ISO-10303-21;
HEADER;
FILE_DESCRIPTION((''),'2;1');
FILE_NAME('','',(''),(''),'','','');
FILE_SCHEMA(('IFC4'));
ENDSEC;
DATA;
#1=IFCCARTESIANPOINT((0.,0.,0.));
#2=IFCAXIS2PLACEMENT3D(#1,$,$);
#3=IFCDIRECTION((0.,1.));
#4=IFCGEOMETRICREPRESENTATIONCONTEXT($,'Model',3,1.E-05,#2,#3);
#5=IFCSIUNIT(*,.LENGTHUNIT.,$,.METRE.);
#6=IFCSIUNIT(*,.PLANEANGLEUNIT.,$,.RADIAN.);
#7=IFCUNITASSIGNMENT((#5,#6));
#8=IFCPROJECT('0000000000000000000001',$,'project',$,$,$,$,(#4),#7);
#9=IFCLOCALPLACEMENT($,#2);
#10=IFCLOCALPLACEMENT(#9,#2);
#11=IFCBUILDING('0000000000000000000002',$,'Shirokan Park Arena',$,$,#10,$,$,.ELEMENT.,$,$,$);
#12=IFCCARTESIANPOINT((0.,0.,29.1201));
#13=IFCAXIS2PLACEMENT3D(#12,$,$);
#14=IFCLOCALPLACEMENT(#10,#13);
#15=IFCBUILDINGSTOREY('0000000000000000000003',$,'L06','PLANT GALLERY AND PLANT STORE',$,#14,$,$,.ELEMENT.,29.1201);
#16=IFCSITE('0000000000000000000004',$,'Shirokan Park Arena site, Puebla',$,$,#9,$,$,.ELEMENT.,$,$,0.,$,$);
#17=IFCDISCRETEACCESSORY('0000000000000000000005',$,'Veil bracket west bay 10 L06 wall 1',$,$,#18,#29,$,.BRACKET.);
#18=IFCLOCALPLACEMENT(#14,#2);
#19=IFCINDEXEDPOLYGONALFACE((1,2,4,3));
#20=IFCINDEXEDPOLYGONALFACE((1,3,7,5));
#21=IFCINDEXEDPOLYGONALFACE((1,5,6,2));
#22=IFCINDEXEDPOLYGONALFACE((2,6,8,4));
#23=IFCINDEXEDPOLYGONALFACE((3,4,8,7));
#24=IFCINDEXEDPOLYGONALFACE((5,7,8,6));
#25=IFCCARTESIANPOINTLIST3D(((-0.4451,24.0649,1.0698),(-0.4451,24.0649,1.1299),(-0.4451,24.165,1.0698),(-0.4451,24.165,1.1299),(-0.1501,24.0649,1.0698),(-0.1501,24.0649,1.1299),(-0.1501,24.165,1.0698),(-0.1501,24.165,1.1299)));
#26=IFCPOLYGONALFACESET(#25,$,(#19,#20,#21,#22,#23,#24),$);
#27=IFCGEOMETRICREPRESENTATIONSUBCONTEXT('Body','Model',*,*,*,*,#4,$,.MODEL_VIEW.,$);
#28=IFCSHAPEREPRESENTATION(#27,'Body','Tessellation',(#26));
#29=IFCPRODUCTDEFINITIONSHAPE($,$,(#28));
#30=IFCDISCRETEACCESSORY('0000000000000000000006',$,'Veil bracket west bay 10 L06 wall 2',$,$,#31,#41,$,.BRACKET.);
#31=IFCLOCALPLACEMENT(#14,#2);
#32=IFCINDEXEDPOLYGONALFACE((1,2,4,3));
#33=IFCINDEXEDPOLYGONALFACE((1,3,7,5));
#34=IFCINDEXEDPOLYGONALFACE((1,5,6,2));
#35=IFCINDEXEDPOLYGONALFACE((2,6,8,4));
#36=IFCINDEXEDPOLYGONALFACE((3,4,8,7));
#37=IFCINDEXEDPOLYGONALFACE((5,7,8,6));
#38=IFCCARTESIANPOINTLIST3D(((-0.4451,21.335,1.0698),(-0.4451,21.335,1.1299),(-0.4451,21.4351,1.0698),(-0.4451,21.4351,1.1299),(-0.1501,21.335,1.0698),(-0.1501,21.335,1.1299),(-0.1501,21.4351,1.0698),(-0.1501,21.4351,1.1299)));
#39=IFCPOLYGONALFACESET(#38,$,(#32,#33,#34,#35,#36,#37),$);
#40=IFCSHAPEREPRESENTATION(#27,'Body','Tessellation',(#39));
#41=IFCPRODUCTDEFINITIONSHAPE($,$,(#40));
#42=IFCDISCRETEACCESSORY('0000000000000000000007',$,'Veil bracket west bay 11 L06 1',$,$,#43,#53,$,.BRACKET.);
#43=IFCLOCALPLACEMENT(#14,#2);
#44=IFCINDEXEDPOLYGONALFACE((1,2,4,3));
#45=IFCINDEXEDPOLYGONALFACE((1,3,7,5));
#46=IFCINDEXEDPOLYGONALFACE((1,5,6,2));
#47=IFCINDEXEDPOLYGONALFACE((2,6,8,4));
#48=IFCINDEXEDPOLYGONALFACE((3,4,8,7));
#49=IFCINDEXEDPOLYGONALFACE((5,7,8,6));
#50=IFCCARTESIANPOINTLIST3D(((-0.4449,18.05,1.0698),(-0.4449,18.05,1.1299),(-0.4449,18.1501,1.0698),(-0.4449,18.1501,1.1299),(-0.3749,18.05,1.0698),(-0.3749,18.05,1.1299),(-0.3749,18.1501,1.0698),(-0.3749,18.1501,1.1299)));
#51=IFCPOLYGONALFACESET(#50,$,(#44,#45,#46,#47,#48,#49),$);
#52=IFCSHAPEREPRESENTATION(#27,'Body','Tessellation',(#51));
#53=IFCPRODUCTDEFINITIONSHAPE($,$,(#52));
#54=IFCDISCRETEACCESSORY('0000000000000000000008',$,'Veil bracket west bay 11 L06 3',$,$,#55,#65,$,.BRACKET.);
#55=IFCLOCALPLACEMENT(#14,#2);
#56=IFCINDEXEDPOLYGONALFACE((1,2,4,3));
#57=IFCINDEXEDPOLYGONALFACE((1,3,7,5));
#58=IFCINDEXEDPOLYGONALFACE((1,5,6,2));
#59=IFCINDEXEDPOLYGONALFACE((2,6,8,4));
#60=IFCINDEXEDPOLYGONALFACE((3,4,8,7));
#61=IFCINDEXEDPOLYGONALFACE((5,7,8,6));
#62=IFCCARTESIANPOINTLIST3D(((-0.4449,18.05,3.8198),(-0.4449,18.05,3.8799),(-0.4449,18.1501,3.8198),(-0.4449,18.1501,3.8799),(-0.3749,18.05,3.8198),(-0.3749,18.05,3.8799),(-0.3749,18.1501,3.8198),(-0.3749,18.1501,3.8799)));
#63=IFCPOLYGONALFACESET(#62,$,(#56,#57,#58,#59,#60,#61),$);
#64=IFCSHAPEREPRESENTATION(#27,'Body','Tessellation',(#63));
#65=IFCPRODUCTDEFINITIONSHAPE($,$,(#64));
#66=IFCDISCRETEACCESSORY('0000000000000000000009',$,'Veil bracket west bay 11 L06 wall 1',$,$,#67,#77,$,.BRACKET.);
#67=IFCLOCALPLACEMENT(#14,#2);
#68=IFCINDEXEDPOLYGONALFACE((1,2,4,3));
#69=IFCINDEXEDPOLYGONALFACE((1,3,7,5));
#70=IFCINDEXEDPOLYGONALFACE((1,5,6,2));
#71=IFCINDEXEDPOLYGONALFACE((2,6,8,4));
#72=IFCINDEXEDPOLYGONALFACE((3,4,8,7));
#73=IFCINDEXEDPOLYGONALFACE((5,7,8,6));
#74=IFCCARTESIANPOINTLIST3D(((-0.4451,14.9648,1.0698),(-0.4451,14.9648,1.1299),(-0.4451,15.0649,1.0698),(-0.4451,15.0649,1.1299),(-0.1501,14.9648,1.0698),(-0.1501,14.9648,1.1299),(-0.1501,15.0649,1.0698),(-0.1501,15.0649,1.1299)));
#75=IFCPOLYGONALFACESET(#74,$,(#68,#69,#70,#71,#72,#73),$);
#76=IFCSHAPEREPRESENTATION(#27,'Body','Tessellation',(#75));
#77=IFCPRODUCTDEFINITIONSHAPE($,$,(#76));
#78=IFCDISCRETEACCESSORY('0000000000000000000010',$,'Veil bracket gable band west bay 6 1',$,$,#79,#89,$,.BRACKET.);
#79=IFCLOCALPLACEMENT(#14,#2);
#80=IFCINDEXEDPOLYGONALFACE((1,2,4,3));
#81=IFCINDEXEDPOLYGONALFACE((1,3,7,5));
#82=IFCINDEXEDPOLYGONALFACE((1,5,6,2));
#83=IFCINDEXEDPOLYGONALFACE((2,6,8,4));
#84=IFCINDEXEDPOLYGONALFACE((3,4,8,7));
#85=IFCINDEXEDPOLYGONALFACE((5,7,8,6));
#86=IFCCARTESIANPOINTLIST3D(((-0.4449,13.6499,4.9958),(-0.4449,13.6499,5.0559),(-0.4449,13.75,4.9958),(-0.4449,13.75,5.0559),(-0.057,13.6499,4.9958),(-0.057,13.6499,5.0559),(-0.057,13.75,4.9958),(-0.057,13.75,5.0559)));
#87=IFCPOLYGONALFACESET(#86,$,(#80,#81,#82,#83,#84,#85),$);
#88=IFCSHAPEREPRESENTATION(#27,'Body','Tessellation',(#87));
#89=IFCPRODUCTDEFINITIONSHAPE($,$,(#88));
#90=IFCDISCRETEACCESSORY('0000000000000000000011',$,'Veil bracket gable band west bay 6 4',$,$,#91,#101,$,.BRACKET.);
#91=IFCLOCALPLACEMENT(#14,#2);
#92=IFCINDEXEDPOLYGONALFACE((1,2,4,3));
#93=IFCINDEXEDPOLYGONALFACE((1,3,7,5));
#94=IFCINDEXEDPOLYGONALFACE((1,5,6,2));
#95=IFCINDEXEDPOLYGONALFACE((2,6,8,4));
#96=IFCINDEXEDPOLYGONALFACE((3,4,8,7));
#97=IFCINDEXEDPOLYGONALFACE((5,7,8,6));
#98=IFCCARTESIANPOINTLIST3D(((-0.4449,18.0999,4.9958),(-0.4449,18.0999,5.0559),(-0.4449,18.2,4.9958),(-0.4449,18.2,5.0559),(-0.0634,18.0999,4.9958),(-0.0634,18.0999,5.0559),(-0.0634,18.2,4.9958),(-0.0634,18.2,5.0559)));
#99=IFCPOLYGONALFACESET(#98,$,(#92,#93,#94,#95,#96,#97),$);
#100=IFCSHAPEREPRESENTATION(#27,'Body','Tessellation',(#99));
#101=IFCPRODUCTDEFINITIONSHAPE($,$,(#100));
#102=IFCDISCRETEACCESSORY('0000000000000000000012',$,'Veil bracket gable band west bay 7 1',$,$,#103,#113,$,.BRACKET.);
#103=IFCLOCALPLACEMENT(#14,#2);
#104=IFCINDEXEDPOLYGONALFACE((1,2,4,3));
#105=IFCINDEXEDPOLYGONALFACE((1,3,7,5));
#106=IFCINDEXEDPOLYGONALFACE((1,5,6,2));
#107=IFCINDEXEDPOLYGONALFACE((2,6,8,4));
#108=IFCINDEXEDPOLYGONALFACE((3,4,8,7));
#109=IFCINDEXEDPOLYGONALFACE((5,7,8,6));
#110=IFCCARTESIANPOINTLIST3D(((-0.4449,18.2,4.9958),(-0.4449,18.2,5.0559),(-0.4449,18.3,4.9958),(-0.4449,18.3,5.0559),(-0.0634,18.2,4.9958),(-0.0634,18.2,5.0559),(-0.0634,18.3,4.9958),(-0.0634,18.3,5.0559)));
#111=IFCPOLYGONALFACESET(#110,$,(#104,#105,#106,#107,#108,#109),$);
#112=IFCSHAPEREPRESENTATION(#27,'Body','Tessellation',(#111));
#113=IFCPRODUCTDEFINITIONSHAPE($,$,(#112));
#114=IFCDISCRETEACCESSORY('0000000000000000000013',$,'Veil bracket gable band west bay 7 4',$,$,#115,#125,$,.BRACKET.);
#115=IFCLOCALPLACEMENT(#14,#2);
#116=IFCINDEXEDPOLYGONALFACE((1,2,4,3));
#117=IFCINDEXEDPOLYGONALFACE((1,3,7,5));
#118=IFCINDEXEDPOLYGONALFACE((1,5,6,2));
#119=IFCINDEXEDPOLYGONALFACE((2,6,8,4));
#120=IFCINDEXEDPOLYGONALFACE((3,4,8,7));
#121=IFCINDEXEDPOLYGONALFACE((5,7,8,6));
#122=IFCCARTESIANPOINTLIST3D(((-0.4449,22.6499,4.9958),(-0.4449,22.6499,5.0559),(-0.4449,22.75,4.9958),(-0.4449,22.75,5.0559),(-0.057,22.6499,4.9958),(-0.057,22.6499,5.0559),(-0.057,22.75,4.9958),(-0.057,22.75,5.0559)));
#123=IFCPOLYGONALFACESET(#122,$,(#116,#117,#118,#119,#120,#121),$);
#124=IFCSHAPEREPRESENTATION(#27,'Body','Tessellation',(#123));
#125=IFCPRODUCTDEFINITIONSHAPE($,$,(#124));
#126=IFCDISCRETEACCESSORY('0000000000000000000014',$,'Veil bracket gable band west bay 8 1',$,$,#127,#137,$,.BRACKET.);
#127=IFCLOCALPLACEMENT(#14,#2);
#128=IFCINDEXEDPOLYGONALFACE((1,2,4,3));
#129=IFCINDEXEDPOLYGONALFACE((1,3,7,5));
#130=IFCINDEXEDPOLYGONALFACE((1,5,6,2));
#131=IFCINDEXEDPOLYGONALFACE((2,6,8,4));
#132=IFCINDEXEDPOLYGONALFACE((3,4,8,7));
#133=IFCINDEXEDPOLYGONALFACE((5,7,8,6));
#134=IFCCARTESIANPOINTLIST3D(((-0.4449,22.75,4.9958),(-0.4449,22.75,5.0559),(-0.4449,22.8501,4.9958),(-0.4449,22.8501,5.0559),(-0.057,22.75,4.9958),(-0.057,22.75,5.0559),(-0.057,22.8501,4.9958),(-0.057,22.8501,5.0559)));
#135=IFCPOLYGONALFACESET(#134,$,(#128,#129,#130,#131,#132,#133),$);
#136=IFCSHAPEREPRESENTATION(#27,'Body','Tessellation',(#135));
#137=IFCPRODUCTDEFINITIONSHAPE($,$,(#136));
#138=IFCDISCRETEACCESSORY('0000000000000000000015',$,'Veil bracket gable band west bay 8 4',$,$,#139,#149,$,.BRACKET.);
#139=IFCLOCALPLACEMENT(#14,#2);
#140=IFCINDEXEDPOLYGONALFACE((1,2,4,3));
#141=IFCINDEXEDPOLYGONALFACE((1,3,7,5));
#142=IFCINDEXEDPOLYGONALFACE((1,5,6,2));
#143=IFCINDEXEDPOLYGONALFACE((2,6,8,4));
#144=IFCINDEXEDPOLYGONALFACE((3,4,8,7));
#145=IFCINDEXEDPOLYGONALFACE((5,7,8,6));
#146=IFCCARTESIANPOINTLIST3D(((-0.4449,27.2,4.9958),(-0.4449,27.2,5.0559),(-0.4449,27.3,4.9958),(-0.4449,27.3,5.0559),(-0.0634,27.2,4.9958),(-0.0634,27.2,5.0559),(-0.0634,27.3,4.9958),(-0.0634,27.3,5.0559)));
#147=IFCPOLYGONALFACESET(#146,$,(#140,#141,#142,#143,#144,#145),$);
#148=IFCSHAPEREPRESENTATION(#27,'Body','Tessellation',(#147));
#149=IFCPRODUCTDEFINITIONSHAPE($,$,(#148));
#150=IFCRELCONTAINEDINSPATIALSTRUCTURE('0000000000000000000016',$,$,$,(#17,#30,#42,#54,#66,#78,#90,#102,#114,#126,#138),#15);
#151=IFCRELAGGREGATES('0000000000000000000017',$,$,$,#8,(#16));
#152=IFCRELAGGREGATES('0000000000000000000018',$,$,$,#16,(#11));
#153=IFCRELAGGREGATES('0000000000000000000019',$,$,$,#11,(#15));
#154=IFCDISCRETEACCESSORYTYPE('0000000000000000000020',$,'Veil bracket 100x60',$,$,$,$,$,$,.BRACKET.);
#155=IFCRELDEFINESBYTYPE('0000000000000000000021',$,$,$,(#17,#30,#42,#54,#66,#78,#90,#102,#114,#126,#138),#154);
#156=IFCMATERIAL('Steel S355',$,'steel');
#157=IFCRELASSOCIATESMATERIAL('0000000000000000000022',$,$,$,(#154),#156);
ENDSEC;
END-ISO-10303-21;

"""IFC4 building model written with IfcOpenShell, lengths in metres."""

from ifc_helpers import new_model, si_unit, direction, frame, origin, origin_2d, place, context, subcontext, project, spatial, rectangle, extrude, material, type_object, element, save


model = new_model("IFC4")

# Units and contexts
model_context = context("Model", 3, precision=1e-05, world=origin(), true_north=direction((0.0, 1.0)))
body_context = subcontext(model_context, "Body", "Model", "MODEL_VIEW")
ifc_project = project(units=[si_unit("LENGTHUNIT", "METRE"), si_unit("PLANEANGLEUNIT", "RADIAN")], contexts=[model_context])

# Site, building, storey
site_placement = place(None, origin())
site = spatial("IfcSite", under=ifc_project, at=site_placement, Name="Shirokan Park Arena site, Puebla", CompositionType="ELEMENT", RefElevation=0.0)
building_placement = place(site_placement, origin())
building = spatial("IfcBuilding", under=site, at=building_placement, Name="Shirokan Park Arena", CompositionType="ELEMENT")
storey_placement = place(building_placement, frame((0.0, 0.0, 29.1201)))
storey = spatial("IfcBuildingStorey", under=building, at=storey_placement, Name="L06", Description="PLANT GALLERY AND PLANT STORE", CompositionType="ELEMENT", Elevation=29.1201)

# Discrete accessories
ifc_material_1 = material(Name="Steel S355", Category="steel")
discrete_accessory_type = type_object("IfcDiscreteAccessoryType", Name="Veil bracket 100x60", PredefinedType="BRACKET", material=ifc_material_1)
for number, where, z_axis, x_axis, name in (
    (1, (-0.2976, 24.115, 1.0698), (0.0, 0.0, 1.0), (0.0, -1.0, 0.0), "Veil bracket west bay 10 L06 wall 1"),
    (2, (-0.2976, 21.385, 1.0698), (0.0, 0.0, 1.0), (0.0, -1.0, 0.0), "Veil bracket west bay 10 L06 wall 2"),
):
    element("IfcDiscreteAccessory", number, at=place(storey_placement, frame(where, z_axis=z_axis, x_axis=x_axis)), inside=storey, type_object=discrete_accessory_type, Name=name, PredefinedType="BRACKET", context=body_context, shape_type="SweptSolid", body=[
        extrude(rectangle(XDim=0.1001, YDim=0.2949, at=origin_2d()), origin(), (0.0, 0.0, 1.0), 0.0601),
    ])
for number, where, z_axis, x_axis, name in (
    (3, (-0.4099, 18.1001, 1.0698), (0.0, 0.0, 1.0), (0.0, -1.0, 0.0), "Veil bracket west bay 11 L06 1"),
    (4, (-0.4099, 18.1001, 3.8198), (0.0, 0.0, 1.0), (0.0, -1.0, 0.0), "Veil bracket west bay 11 L06 3"),
):
    element("IfcDiscreteAccessory", number, at=place(storey_placement, frame(where, z_axis=z_axis, x_axis=x_axis)), inside=storey, type_object=discrete_accessory_type, Name=name, PredefinedType="BRACKET", context=body_context, shape_type="SweptSolid", body=[
        extrude(rectangle(XDim=0.1001, YDim=0.0701, at=origin_2d()), origin(), (0.0, 0.0, 1.0), 0.0601),
    ])
discrete_accessory_1_placement = place(storey_placement, frame((-0.2976, 15.0149, 1.0698), z_axis=(0.0, 0.0, 1.0), x_axis=(0.0, -1.0, 0.0)))
element("IfcDiscreteAccessory", 5, at=discrete_accessory_1_placement, inside=storey, type_object=discrete_accessory_type, Name="Veil bracket west bay 11 L06 wall 1", PredefinedType="BRACKET", context=body_context, shape_type="SweptSolid", body=[
    extrude(rectangle(XDim=0.1001, YDim=0.2949, at=origin_2d()), origin(), (0.0, 0.0, 1.0), 0.0601),
])
discrete_accessory_2_placement = place(storey_placement, frame((-0.251, 13.7, 4.9958), z_axis=(0.0, 0.0, 1.0), x_axis=(1.0, 0.0, 0.0)))
element("IfcDiscreteAccessory", 6, at=discrete_accessory_2_placement, inside=storey, type_object=discrete_accessory_type, Name="Veil bracket gable band west bay 6 1", PredefinedType="BRACKET", context=body_context, shape_type="SweptSolid", body=[
    extrude(rectangle(XDim=0.3879, YDim=0.1001, at=origin_2d()), origin(), (0.0, 0.0, 1.0), 0.0601),
])
for number, where, z_axis, x_axis, name in (
    (7, (-0.2542, 18.1499, 4.9958), (0.0, 0.0, 1.0), (1.0, 0.0, 0.0), "Veil bracket gable band west bay 6 4"),
    (8, (-0.2542, 18.25, 4.9958), (0.0, 0.0, 1.0), (1.0, 0.0, 0.0), "Veil bracket gable band west bay 7 1"),
):
    element("IfcDiscreteAccessory", number, at=place(storey_placement, frame(where, z_axis=z_axis, x_axis=x_axis)), inside=storey, type_object=discrete_accessory_type, Name=name, PredefinedType="BRACKET", context=body_context, shape_type="SweptSolid", body=[
        extrude(rectangle(XDim=0.3816, YDim=0.1001, at=origin_2d()), origin(), (0.0, 0.0, 1.0), 0.0601),
    ])
for number, where, z_axis, x_axis, name in (
    (9, (-0.251, 22.7, 4.9958), (0.0, 0.0, 1.0), (1.0, 0.0, 0.0), "Veil bracket gable band west bay 7 4"),
    (10, (-0.251, 22.8, 4.9958), (0.0, 0.0, 1.0), (1.0, 0.0, 0.0), "Veil bracket gable band west bay 8 1"),
):
    element("IfcDiscreteAccessory", number, at=place(storey_placement, frame(where, z_axis=z_axis, x_axis=x_axis)), inside=storey, type_object=discrete_accessory_type, Name=name, PredefinedType="BRACKET", context=body_context, shape_type="SweptSolid", body=[
        extrude(rectangle(XDim=0.3879, YDim=0.1001, at=origin_2d()), origin(), (0.0, 0.0, 1.0), 0.0601),
    ])
discrete_accessory_3_placement = place(storey_placement, frame((-0.2542, 27.25, 4.9958), z_axis=(0.0, 0.0, 1.0), x_axis=(1.0, 0.0, 0.0)))
element("IfcDiscreteAccessory", 11, at=discrete_accessory_3_placement, inside=storey, type_object=discrete_accessory_type, Name="Veil bracket gable band west bay 8 4", PredefinedType="BRACKET", context=body_context, shape_type="SweptSolid", body=[
    extrude(rectangle(XDim=0.3816, YDim=0.1001, at=origin_2d()), origin(), (0.0, 0.0, 1.0), 0.0601),
])

save(model, "model.ifc")
